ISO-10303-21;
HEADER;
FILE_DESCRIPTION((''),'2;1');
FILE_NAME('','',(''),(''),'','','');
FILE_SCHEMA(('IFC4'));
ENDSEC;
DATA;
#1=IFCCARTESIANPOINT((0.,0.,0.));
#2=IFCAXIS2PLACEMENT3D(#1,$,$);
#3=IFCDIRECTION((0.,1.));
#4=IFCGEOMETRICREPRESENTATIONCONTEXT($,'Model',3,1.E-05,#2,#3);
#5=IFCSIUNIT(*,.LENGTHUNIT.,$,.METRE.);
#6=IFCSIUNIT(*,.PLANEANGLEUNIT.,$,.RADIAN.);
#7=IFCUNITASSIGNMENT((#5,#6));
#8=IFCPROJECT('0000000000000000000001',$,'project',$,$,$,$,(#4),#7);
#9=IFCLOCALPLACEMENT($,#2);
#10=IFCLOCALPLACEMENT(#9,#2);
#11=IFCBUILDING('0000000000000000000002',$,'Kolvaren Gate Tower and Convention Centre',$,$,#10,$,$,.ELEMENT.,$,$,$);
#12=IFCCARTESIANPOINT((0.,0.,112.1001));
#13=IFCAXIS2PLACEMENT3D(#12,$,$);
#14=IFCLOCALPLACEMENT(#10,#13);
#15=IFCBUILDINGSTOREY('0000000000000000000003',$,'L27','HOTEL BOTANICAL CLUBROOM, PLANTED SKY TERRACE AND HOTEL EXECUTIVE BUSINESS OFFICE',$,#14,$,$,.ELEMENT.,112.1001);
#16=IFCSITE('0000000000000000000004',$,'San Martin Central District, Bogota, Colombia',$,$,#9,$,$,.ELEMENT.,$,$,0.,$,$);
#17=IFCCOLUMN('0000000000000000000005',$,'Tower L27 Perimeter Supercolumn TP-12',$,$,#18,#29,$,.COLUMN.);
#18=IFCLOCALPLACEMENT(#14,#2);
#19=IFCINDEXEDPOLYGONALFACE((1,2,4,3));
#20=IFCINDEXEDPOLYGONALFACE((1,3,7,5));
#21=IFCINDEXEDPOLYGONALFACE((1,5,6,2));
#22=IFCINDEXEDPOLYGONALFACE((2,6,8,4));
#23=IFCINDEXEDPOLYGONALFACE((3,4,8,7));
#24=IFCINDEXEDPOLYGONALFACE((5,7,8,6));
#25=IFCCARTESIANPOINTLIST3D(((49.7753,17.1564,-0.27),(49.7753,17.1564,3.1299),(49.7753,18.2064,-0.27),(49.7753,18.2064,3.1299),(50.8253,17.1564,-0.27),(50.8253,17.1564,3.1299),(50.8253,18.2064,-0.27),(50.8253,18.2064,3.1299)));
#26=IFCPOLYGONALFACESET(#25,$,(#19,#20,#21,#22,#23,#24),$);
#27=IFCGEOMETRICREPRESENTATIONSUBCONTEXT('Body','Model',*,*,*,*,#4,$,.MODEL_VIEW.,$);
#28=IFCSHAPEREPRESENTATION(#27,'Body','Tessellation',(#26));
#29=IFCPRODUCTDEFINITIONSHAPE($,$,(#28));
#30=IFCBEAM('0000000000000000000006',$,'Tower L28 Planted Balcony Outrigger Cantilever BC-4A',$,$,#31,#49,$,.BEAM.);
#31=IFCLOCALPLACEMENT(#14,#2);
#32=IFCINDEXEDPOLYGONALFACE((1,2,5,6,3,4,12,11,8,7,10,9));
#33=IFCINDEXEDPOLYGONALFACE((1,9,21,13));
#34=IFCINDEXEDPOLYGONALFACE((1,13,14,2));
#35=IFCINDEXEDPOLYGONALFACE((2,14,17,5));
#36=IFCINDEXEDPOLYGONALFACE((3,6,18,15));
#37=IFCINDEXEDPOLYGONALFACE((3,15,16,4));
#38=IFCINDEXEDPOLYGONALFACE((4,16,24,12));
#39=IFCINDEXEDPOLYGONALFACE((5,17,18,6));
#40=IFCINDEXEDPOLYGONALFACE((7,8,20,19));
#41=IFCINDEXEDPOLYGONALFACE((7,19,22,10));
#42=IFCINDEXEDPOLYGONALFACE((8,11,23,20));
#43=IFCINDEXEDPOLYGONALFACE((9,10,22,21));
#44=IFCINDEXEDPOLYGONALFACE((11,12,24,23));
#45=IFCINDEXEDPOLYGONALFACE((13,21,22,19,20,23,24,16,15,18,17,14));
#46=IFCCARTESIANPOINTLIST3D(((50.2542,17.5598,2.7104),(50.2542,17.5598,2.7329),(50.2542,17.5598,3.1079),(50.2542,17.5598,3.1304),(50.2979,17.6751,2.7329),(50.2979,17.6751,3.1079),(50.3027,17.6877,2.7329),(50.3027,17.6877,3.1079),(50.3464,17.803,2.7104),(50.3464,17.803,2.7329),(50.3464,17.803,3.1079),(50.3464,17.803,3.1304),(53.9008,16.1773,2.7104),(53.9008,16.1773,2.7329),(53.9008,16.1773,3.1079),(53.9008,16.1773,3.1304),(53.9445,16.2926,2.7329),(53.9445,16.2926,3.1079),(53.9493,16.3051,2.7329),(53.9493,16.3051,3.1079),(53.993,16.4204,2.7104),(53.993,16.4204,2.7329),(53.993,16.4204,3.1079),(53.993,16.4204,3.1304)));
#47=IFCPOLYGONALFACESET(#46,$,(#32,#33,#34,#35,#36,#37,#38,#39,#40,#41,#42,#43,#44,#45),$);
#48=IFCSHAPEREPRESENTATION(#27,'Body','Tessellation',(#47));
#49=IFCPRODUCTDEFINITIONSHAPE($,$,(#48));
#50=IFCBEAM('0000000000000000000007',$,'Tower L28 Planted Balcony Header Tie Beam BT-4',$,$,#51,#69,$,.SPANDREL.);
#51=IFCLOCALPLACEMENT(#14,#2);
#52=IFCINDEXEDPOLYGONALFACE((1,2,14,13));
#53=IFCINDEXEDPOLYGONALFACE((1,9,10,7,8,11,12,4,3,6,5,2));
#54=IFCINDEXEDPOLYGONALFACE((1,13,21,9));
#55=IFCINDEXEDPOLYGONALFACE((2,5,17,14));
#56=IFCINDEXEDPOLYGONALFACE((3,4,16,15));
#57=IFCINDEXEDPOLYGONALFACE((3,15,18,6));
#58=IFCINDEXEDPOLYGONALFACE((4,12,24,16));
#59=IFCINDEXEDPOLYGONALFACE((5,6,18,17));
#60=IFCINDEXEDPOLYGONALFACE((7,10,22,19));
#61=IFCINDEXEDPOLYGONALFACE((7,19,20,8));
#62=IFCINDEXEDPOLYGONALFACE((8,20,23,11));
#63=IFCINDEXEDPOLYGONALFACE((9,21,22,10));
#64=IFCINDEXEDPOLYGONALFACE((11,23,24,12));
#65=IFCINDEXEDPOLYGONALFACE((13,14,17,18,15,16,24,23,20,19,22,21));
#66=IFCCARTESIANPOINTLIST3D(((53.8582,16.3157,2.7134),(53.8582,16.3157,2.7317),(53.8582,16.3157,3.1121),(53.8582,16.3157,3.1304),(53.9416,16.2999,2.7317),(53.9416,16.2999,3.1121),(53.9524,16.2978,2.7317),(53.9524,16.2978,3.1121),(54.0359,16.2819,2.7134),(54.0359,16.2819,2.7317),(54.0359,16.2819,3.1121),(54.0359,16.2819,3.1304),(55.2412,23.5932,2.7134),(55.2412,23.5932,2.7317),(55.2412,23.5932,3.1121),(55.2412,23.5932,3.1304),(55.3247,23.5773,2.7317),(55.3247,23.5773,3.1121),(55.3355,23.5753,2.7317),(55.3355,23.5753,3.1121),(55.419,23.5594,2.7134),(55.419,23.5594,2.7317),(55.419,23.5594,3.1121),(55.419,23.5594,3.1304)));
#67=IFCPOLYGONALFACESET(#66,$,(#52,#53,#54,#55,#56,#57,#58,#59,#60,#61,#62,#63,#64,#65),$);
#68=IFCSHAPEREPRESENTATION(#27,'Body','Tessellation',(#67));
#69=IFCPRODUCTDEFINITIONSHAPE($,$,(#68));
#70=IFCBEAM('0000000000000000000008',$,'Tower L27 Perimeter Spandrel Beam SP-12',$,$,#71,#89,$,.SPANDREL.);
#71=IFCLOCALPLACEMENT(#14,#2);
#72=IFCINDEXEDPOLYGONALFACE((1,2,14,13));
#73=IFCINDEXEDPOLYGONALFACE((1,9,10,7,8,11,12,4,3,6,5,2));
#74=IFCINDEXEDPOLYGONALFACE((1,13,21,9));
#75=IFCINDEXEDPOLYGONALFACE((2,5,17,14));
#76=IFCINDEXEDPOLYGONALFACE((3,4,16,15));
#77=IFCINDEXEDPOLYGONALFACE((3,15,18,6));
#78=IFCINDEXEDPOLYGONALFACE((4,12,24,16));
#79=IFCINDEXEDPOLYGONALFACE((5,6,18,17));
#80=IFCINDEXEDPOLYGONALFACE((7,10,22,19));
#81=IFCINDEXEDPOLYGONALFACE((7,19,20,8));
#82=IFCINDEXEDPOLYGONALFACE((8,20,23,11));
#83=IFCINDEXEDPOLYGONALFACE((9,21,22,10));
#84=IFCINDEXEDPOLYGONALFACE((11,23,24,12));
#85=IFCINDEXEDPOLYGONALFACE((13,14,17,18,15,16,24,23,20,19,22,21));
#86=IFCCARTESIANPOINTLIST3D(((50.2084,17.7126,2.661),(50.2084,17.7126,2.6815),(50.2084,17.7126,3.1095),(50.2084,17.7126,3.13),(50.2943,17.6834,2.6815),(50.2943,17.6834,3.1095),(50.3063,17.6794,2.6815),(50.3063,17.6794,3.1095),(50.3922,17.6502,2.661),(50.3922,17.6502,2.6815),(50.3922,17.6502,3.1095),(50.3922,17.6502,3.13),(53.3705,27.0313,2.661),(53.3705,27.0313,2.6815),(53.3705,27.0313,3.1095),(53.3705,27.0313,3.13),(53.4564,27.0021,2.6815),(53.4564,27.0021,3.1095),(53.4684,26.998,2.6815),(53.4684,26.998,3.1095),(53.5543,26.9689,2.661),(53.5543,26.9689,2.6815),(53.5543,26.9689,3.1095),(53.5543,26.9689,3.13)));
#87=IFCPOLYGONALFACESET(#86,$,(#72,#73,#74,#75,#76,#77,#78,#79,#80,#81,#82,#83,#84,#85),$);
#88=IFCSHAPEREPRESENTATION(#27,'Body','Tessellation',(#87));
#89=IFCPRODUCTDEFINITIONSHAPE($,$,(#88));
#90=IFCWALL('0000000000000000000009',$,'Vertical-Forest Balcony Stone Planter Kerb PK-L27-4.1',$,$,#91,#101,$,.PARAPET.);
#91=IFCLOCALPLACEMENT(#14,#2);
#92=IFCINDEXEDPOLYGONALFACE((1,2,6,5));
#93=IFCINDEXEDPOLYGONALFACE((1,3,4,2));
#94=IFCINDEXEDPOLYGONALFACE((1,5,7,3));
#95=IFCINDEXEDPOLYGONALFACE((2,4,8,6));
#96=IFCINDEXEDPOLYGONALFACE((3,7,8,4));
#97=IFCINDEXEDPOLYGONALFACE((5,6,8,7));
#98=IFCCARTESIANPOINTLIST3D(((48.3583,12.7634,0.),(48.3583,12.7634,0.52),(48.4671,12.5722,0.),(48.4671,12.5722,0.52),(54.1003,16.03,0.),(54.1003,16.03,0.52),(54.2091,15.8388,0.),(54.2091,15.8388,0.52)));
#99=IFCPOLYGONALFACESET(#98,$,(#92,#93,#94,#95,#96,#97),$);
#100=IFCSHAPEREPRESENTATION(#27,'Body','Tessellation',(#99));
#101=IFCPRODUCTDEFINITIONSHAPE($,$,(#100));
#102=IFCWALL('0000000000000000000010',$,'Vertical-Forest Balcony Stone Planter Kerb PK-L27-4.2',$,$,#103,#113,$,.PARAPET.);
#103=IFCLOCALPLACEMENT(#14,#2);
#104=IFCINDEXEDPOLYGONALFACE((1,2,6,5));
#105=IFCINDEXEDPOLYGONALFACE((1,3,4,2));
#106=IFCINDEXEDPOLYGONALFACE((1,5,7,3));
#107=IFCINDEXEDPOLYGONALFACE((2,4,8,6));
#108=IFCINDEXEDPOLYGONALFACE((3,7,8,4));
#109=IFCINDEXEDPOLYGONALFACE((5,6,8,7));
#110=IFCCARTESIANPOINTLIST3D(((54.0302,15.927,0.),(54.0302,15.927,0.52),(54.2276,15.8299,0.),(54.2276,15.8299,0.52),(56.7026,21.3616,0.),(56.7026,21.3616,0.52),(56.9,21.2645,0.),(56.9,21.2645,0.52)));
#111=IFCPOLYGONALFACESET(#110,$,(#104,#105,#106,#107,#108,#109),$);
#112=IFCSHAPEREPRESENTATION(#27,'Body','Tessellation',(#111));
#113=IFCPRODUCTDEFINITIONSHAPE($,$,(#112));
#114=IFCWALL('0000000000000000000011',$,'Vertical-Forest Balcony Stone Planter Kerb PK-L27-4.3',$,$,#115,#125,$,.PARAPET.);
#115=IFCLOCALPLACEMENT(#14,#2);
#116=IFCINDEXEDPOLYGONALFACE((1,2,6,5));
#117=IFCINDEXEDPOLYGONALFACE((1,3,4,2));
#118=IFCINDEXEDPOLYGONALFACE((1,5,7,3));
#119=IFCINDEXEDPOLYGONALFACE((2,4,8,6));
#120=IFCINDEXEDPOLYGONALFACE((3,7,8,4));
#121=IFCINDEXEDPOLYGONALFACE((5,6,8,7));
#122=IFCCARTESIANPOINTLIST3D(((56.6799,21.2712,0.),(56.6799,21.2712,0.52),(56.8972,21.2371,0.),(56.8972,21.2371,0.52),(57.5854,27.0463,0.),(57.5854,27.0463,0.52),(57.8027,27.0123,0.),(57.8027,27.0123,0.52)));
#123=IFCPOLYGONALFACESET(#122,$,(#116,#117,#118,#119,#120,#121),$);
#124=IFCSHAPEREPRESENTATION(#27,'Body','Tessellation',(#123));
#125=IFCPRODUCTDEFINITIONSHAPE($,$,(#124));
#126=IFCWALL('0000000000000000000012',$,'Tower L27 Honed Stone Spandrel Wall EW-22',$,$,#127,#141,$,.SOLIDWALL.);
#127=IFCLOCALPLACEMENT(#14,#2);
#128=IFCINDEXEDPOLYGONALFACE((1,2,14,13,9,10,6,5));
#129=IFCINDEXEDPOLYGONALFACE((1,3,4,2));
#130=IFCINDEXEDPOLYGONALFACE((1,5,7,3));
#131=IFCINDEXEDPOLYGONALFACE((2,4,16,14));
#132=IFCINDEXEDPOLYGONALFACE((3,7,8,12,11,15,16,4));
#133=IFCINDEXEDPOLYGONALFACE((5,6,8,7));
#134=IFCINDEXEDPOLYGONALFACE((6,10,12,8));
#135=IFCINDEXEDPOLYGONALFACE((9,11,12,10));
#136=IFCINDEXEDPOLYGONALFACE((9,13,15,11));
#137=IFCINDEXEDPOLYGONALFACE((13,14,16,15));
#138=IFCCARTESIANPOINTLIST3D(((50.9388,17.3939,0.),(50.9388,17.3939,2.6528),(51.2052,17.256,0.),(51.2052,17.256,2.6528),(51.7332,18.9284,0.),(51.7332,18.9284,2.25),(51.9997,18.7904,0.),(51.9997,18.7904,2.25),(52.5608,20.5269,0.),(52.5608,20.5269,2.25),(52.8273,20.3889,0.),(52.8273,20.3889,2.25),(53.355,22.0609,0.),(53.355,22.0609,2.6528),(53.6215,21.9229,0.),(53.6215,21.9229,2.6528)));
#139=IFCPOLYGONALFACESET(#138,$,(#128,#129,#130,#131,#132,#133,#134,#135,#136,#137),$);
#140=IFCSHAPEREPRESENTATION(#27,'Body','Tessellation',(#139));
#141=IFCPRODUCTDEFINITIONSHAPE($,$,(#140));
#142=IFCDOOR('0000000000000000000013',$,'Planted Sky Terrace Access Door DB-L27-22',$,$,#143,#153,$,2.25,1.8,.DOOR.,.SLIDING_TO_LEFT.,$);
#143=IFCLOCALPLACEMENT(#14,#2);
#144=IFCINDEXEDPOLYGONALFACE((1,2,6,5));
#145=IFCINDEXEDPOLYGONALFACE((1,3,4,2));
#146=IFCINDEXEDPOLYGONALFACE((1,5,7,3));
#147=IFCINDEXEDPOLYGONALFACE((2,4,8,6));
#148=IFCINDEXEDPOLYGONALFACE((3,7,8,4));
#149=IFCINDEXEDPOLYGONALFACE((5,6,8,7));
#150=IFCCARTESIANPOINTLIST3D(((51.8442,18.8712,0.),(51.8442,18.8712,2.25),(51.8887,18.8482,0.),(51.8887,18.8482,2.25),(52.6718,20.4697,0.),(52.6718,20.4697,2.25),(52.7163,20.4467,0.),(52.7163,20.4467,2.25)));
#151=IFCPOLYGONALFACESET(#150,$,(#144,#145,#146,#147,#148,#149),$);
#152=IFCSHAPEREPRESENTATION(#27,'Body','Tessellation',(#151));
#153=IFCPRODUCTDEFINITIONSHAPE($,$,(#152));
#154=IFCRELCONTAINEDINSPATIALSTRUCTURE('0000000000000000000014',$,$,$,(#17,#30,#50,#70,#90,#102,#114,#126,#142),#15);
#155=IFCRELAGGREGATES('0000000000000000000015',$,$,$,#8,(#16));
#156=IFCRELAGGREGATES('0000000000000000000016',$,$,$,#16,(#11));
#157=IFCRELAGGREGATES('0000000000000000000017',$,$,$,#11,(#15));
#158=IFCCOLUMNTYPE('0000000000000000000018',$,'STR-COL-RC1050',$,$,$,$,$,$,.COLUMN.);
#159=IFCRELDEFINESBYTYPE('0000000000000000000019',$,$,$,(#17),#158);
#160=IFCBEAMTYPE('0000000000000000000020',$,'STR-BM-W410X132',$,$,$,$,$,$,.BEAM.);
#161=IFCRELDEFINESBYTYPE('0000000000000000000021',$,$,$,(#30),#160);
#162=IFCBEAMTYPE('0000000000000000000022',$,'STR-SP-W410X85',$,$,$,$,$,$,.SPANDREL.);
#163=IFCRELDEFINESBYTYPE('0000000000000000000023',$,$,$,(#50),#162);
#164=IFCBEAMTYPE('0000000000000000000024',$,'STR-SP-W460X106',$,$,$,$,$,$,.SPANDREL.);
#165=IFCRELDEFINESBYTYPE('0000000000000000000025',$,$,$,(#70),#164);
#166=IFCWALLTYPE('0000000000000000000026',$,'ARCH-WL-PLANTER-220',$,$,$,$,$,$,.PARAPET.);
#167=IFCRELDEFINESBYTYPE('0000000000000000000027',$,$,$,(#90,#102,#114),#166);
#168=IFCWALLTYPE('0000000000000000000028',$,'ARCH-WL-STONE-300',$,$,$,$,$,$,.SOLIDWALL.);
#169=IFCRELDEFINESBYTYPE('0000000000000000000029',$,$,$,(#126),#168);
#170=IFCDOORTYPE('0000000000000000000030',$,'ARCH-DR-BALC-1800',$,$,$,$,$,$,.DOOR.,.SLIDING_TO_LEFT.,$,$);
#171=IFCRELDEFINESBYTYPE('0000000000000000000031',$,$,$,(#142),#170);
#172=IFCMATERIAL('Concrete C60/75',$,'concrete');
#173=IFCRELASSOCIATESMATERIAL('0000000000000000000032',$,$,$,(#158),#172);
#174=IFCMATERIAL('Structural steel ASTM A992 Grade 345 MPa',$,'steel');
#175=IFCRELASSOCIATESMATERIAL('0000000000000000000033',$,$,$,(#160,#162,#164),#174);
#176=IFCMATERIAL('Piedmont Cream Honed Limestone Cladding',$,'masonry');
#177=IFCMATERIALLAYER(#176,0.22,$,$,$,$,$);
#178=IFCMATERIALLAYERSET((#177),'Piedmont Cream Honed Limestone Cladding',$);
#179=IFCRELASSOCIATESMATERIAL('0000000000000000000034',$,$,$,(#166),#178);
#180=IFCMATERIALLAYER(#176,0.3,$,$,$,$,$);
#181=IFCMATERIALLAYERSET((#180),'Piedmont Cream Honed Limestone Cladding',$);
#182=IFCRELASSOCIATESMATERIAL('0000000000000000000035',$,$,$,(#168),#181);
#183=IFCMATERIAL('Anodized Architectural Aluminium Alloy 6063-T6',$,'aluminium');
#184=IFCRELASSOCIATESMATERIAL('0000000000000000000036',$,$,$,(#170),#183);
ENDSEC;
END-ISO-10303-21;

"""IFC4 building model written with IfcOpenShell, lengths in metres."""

from ifc_helpers import new_model, si_unit, direction, frame, frame_2d, origin, origin_2d, place, context, subcontext, project, spatial, rectangle, i_section, extrude, material, layer, layer_set, material_profile, profile_set, type_object, element, fill, save


model = new_model("IFC4")

# Units and contexts
model_context = context("Model", 3, precision=1e-05, world=origin(), true_north=direction((0.0, 1.0)))
body_context = subcontext(model_context, "Body", "Model", "MODEL_VIEW")
ifc_project = project(units=[si_unit("LENGTHUNIT", "METRE"), si_unit("PLANEANGLEUNIT", "RADIAN")], contexts=[model_context])

# Site, building, storey
site_placement = place(None, origin())
site = spatial("IfcSite", under=ifc_project, at=site_placement, Name="San Martin Central District, Bogota, Colombia", CompositionType="ELEMENT", RefElevation=0.0)
building_placement = place(site_placement, origin())
building = spatial("IfcBuilding", under=site, at=building_placement, Name="Kolvaren Gate Tower and Convention Centre", CompositionType="ELEMENT")
storey_placement = place(building_placement, frame((0.0, 0.0, 112.1001)))
storey = spatial("IfcBuildingStorey", under=building, at=storey_placement, Name="L27", Description="HOTEL BOTANICAL CLUBROOM, PLANTED SKY TERRACE AND HOTEL EXECUTIVE BUSINESS OFFICE", CompositionType="ELEMENT", Elevation=112.1001)

# Column
ifc_material_1 = material(Name="Concrete C60/75", Category="concrete")
ifc_material_profile_1 = material_profile(ifc_material_1, rectangle(XDim=1.05, YDim=1.05, at=origin_2d()), Name="RC-COL-1050X1050")
ifc_profile_set_1 = profile_set([ifc_material_profile_1], Name="Concrete C60/75")
column_type = type_object("IfcColumnType", Name="STR-COL-RC1050", PredefinedType="COLUMN", material=ifc_profile_set_1)
column_placement = place(storey_placement, frame((50.3003, 17.6814, -0.27), z_axis=(0.0, 0.0, 1.0), x_axis=(1.0, 0.0, 0.0)))
element("IfcColumn", 1, at=column_placement, inside=storey, type_object=column_type, Name="Tower L27 Perimeter Supercolumn TP-12", PredefinedType="COLUMN", context=body_context, shape_type="SweptSolid", body=[
    extrude(rectangle(XDim=1.05, YDim=1.05, at=origin_2d()), origin(), (0.0, 0.0, 1.0), 3.3999),
])

# Beams
ifc_material_2 = material(Name="Structural steel ASTM A992 Grade 345 MPa", Category="steel")
ifc_material_profile_2 = material_profile(ifc_material_2, i_section(OverallWidth=0.26, OverallDepth=0.4199, WebThickness=0.0134, FlangeThickness=0.0225, at=origin_2d()), Name="W410X132")
ifc_profile_set_2 = profile_set([ifc_material_profile_2], Name="Structural steel ASTM A992 Grade 345 MPa")
beam_type_1 = type_object("IfcBeamType", Name="STR-BM-W410X132", PredefinedType="BEAM", material=ifc_profile_set_2)
beam_1_placement = place(storey_placement, frame((50.3003, 17.6814, 2.9204), z_axis=(0.935055, -0.354503, 0.0), x_axis=(0.354503, 0.935055, 0.0)))
element("IfcBeam", 2, at=beam_1_placement, inside=storey, type_object=beam_type_1, Name="Tower L28 Planted Balcony Outrigger Cantilever BC-4A", PredefinedType="BEAM", context=body_context, shape_type="SweptSolid", body=[
    extrude(i_section(OverallWidth=0.26, OverallDepth=0.4199, WebThickness=0.0134, FlangeThickness=0.0225, at=origin_2d()), origin(), (0.0, 0.0, 1.0), 3.8999),
])
ifc_material_profile_3 = material_profile(ifc_material_2, i_section(OverallWidth=0.1809, OverallDepth=0.417, WebThickness=0.011, FlangeThickness=0.0183, at=origin_2d()), Name="W410X85")
ifc_profile_set_3 = profile_set([ifc_material_profile_3], Name="Structural steel ASTM A992 Grade 345 MPa")
beam_type_2 = type_object("IfcBeamType", Name="STR-SP-W410X85", PredefinedType="SPANDREL", material=ifc_profile_set_3)
beam_2_placement = place(storey_placement, frame((53.947, 16.2988, 2.9219), z_axis=(0.186708, 0.982416, 0.0), x_axis=(-0.982416, 0.186708, 0.0)))
element("IfcBeam", 3, at=beam_2_placement, inside=storey, type_object=beam_type_2, Name="Tower L28 Planted Balcony Header Tie Beam BT-4", PredefinedType="SPANDREL", context=body_context, shape_type="SweptSolid", body=[
    extrude(i_section(OverallWidth=0.1809, OverallDepth=0.417, WebThickness=0.011, FlangeThickness=0.0183, at=origin_2d()), origin(), (0.0, 0.0, 1.0), 7.4077),
])
ifc_material_profile_4 = material_profile(ifc_material_2, i_section(OverallWidth=0.1941, OverallDepth=0.469, WebThickness=0.0127, FlangeThickness=0.0205, at=origin_2d()), Name="W460X106")
ifc_profile_set_4 = profile_set([ifc_material_profile_4], Name="Structural steel ASTM A992 Grade 345 MPa")
beam_type_3 = type_object("IfcBeamType", Name="STR-SP-W460X106", PredefinedType="SPANDREL", material=ifc_profile_set_4)
beam_3_placement = place(storey_placement, frame((50.3003, 17.6814, 2.8955), z_axis=(0.321336, 0.946965, 0.0), x_axis=(-0.946965, 0.321336, 0.0)))
element("IfcBeam", 4, at=beam_3_placement, inside=storey, type_object=beam_type_3, Name="Tower L27 Perimeter Spandrel Beam SP-12", PredefinedType="SPANDREL", context=body_context, shape_type="SweptSolid", body=[
    extrude(i_section(OverallWidth=0.1941, OverallDepth=0.469, WebThickness=0.0127, FlangeThickness=0.0205, at=origin_2d()), origin(), (0.0, 0.0, 1.0), 9.8406),
])

# Walls
ifc_material_3 = material(Name="Piedmont Cream Honed Limestone Cladding", Category="masonry")
ifc_layer_1 = layer(ifc_material_3, 0.22)
ifc_layer_set_1 = layer_set([ifc_layer_1], Name="Piedmont Cream Honed Limestone Cladding")
wall_type_1 = type_object("IfcWallType", Name="ARCH-WL-PLANTER-220", PredefinedType="PARAPET", material=ifc_layer_set_1)
wall_1_placement = place(storey_placement, frame((48.4126, 12.6677, 0.0), z_axis=(0.0, 0.0, 1.0), x_axis=(0.869188, 0.494482, 0.0)))
element("IfcWall", 5, at=wall_1_placement, inside=storey, type_object=wall_type_1, Name="Vertical-Forest Balcony Stone Planter Kerb PK-L27-4.1", PredefinedType="PARAPET", context=body_context, shape_type="SweptSolid", body=[
    extrude(rectangle(XDim=6.6062, YDim=0.22, at=frame_2d((3.3032, 0.0))), origin(), (0.0, 0.0, 1.0), 0.52),
])
wall_2_placement = place(storey_placement, frame((54.1289, 15.8784, 0.0), z_axis=(0.0, 0.0, 1.0), x_axis=(0.44127, 0.897375, 0.0)))
element("IfcWall", 6, at=wall_2_placement, inside=storey, type_object=wall_type_1, Name="Vertical-Forest Balcony Stone Planter Kerb PK-L27-4.2", PredefinedType="PARAPET", context=body_context, shape_type="SweptSolid", body=[
    extrude(rectangle(XDim=6.0562, YDim=0.22, at=frame_2d((3.0281, 0.0))), origin(), (0.0, 0.0, 1.0), 0.52),
])
wall_3_placement = place(storey_placement, frame((56.7886, 21.2542, 0.0), z_axis=(0.0, 0.0, 1.0), x_axis=(0.154903, 0.98793, 0.0)))
element("IfcWall", 7, at=wall_3_placement, inside=storey, type_object=wall_type_1, Name="Vertical-Forest Balcony Stone Planter Kerb PK-L27-4.3", PredefinedType="PARAPET", context=body_context, shape_type="SweptSolid", body=[
    extrude(rectangle(XDim=5.8457, YDim=0.22, at=frame_2d((2.9229, 0.0))), origin(), (0.0, 0.0, 1.0), 0.52),
])

# Wall, opening, door
ifc_layer_2 = layer(ifc_material_3, 0.3)
ifc_layer_set_2 = layer_set([ifc_layer_2], Name="Piedmont Cream Honed Limestone Cladding")
wall_type_2 = type_object("IfcWallType", Name="ARCH-WL-STONE-300", PredefinedType="SOLIDWALL", material=ifc_layer_set_2)
wall_4_placement = place(storey_placement, frame((51.072, 17.325, 0.0), z_axis=(0.0, 0.0, 1.0), x_axis=(0.459768, 0.888039, 0.0)))
wall_4 = element("IfcWall", 8, at=wall_4_placement, inside=storey, type_object=wall_type_2, Name="Tower L27 Honed Stone Spandrel Wall EW-22", PredefinedType="SOLIDWALL", context=body_context, shape_type="SweptSolid", body=[
    extrude(rectangle(XDim=5.2554, YDim=0.3, at=frame_2d((2.6277, 0.0))), origin(), (0.0, 0.0, 1.0), 2.6528),
])
opening_1_placement = place(wall_4_placement, frame((1.728, 0.0, 0.0)))
opening_1 = element("IfcOpeningElement", 9, at=opening_1_placement, cuts=wall_4, PredefinedType="OPENING", context=body_context, shape_type="SweptSolid", body=[
    extrude(rectangle(XDim=1.8, YDim=2.25, at=frame_2d((0.8999, 1.125))), frame((0.0, 0.1599, 0.0), z_axis=(0.0, -1.0, 0.0), x_axis=(1.0, 0.0, 0.0)), (0.0, 0.0, 1.0), 0.3201),
])
ifc_material_4 = material(Name="Anodized Architectural Aluminium Alloy 6063-T6", Category="aluminium")
door_type_1 = type_object("IfcDoorType", Name="ARCH-DR-BALC-1800", OperationType="SLIDING_TO_LEFT", PredefinedType="DOOR", material=ifc_material_4)
door_1_placement = place(opening_1_placement, frame((1.8, 0.0, 0.0), z_axis=(0.0, 0.0, 1.0), x_axis=(-1.0, 0.0, 0.0)))
door_1 = element("IfcDoor", 10, at=door_1_placement, inside=storey, type_object=door_type_1, Name="Planted Sky Terrace Access Door DB-L27-22", OperationType="SLIDING_TO_LEFT", OverallHeight=2.25, OverallWidth=1.8, PredefinedType="DOOR", context=body_context, shape_type="SweptSolid", body=[
    extrude(rectangle(XDim=1.8, YDim=2.25, at=frame_2d((0.8999, 1.125))), frame((0.0, 0.0249, 0.0), z_axis=(0.0, -1.0, 0.0), x_axis=(1.0, 0.0, 0.0)), (0.0, 0.0, 1.0), 0.05),
])
fill(opening_1, door_1)

save(model, "model.ifc")
